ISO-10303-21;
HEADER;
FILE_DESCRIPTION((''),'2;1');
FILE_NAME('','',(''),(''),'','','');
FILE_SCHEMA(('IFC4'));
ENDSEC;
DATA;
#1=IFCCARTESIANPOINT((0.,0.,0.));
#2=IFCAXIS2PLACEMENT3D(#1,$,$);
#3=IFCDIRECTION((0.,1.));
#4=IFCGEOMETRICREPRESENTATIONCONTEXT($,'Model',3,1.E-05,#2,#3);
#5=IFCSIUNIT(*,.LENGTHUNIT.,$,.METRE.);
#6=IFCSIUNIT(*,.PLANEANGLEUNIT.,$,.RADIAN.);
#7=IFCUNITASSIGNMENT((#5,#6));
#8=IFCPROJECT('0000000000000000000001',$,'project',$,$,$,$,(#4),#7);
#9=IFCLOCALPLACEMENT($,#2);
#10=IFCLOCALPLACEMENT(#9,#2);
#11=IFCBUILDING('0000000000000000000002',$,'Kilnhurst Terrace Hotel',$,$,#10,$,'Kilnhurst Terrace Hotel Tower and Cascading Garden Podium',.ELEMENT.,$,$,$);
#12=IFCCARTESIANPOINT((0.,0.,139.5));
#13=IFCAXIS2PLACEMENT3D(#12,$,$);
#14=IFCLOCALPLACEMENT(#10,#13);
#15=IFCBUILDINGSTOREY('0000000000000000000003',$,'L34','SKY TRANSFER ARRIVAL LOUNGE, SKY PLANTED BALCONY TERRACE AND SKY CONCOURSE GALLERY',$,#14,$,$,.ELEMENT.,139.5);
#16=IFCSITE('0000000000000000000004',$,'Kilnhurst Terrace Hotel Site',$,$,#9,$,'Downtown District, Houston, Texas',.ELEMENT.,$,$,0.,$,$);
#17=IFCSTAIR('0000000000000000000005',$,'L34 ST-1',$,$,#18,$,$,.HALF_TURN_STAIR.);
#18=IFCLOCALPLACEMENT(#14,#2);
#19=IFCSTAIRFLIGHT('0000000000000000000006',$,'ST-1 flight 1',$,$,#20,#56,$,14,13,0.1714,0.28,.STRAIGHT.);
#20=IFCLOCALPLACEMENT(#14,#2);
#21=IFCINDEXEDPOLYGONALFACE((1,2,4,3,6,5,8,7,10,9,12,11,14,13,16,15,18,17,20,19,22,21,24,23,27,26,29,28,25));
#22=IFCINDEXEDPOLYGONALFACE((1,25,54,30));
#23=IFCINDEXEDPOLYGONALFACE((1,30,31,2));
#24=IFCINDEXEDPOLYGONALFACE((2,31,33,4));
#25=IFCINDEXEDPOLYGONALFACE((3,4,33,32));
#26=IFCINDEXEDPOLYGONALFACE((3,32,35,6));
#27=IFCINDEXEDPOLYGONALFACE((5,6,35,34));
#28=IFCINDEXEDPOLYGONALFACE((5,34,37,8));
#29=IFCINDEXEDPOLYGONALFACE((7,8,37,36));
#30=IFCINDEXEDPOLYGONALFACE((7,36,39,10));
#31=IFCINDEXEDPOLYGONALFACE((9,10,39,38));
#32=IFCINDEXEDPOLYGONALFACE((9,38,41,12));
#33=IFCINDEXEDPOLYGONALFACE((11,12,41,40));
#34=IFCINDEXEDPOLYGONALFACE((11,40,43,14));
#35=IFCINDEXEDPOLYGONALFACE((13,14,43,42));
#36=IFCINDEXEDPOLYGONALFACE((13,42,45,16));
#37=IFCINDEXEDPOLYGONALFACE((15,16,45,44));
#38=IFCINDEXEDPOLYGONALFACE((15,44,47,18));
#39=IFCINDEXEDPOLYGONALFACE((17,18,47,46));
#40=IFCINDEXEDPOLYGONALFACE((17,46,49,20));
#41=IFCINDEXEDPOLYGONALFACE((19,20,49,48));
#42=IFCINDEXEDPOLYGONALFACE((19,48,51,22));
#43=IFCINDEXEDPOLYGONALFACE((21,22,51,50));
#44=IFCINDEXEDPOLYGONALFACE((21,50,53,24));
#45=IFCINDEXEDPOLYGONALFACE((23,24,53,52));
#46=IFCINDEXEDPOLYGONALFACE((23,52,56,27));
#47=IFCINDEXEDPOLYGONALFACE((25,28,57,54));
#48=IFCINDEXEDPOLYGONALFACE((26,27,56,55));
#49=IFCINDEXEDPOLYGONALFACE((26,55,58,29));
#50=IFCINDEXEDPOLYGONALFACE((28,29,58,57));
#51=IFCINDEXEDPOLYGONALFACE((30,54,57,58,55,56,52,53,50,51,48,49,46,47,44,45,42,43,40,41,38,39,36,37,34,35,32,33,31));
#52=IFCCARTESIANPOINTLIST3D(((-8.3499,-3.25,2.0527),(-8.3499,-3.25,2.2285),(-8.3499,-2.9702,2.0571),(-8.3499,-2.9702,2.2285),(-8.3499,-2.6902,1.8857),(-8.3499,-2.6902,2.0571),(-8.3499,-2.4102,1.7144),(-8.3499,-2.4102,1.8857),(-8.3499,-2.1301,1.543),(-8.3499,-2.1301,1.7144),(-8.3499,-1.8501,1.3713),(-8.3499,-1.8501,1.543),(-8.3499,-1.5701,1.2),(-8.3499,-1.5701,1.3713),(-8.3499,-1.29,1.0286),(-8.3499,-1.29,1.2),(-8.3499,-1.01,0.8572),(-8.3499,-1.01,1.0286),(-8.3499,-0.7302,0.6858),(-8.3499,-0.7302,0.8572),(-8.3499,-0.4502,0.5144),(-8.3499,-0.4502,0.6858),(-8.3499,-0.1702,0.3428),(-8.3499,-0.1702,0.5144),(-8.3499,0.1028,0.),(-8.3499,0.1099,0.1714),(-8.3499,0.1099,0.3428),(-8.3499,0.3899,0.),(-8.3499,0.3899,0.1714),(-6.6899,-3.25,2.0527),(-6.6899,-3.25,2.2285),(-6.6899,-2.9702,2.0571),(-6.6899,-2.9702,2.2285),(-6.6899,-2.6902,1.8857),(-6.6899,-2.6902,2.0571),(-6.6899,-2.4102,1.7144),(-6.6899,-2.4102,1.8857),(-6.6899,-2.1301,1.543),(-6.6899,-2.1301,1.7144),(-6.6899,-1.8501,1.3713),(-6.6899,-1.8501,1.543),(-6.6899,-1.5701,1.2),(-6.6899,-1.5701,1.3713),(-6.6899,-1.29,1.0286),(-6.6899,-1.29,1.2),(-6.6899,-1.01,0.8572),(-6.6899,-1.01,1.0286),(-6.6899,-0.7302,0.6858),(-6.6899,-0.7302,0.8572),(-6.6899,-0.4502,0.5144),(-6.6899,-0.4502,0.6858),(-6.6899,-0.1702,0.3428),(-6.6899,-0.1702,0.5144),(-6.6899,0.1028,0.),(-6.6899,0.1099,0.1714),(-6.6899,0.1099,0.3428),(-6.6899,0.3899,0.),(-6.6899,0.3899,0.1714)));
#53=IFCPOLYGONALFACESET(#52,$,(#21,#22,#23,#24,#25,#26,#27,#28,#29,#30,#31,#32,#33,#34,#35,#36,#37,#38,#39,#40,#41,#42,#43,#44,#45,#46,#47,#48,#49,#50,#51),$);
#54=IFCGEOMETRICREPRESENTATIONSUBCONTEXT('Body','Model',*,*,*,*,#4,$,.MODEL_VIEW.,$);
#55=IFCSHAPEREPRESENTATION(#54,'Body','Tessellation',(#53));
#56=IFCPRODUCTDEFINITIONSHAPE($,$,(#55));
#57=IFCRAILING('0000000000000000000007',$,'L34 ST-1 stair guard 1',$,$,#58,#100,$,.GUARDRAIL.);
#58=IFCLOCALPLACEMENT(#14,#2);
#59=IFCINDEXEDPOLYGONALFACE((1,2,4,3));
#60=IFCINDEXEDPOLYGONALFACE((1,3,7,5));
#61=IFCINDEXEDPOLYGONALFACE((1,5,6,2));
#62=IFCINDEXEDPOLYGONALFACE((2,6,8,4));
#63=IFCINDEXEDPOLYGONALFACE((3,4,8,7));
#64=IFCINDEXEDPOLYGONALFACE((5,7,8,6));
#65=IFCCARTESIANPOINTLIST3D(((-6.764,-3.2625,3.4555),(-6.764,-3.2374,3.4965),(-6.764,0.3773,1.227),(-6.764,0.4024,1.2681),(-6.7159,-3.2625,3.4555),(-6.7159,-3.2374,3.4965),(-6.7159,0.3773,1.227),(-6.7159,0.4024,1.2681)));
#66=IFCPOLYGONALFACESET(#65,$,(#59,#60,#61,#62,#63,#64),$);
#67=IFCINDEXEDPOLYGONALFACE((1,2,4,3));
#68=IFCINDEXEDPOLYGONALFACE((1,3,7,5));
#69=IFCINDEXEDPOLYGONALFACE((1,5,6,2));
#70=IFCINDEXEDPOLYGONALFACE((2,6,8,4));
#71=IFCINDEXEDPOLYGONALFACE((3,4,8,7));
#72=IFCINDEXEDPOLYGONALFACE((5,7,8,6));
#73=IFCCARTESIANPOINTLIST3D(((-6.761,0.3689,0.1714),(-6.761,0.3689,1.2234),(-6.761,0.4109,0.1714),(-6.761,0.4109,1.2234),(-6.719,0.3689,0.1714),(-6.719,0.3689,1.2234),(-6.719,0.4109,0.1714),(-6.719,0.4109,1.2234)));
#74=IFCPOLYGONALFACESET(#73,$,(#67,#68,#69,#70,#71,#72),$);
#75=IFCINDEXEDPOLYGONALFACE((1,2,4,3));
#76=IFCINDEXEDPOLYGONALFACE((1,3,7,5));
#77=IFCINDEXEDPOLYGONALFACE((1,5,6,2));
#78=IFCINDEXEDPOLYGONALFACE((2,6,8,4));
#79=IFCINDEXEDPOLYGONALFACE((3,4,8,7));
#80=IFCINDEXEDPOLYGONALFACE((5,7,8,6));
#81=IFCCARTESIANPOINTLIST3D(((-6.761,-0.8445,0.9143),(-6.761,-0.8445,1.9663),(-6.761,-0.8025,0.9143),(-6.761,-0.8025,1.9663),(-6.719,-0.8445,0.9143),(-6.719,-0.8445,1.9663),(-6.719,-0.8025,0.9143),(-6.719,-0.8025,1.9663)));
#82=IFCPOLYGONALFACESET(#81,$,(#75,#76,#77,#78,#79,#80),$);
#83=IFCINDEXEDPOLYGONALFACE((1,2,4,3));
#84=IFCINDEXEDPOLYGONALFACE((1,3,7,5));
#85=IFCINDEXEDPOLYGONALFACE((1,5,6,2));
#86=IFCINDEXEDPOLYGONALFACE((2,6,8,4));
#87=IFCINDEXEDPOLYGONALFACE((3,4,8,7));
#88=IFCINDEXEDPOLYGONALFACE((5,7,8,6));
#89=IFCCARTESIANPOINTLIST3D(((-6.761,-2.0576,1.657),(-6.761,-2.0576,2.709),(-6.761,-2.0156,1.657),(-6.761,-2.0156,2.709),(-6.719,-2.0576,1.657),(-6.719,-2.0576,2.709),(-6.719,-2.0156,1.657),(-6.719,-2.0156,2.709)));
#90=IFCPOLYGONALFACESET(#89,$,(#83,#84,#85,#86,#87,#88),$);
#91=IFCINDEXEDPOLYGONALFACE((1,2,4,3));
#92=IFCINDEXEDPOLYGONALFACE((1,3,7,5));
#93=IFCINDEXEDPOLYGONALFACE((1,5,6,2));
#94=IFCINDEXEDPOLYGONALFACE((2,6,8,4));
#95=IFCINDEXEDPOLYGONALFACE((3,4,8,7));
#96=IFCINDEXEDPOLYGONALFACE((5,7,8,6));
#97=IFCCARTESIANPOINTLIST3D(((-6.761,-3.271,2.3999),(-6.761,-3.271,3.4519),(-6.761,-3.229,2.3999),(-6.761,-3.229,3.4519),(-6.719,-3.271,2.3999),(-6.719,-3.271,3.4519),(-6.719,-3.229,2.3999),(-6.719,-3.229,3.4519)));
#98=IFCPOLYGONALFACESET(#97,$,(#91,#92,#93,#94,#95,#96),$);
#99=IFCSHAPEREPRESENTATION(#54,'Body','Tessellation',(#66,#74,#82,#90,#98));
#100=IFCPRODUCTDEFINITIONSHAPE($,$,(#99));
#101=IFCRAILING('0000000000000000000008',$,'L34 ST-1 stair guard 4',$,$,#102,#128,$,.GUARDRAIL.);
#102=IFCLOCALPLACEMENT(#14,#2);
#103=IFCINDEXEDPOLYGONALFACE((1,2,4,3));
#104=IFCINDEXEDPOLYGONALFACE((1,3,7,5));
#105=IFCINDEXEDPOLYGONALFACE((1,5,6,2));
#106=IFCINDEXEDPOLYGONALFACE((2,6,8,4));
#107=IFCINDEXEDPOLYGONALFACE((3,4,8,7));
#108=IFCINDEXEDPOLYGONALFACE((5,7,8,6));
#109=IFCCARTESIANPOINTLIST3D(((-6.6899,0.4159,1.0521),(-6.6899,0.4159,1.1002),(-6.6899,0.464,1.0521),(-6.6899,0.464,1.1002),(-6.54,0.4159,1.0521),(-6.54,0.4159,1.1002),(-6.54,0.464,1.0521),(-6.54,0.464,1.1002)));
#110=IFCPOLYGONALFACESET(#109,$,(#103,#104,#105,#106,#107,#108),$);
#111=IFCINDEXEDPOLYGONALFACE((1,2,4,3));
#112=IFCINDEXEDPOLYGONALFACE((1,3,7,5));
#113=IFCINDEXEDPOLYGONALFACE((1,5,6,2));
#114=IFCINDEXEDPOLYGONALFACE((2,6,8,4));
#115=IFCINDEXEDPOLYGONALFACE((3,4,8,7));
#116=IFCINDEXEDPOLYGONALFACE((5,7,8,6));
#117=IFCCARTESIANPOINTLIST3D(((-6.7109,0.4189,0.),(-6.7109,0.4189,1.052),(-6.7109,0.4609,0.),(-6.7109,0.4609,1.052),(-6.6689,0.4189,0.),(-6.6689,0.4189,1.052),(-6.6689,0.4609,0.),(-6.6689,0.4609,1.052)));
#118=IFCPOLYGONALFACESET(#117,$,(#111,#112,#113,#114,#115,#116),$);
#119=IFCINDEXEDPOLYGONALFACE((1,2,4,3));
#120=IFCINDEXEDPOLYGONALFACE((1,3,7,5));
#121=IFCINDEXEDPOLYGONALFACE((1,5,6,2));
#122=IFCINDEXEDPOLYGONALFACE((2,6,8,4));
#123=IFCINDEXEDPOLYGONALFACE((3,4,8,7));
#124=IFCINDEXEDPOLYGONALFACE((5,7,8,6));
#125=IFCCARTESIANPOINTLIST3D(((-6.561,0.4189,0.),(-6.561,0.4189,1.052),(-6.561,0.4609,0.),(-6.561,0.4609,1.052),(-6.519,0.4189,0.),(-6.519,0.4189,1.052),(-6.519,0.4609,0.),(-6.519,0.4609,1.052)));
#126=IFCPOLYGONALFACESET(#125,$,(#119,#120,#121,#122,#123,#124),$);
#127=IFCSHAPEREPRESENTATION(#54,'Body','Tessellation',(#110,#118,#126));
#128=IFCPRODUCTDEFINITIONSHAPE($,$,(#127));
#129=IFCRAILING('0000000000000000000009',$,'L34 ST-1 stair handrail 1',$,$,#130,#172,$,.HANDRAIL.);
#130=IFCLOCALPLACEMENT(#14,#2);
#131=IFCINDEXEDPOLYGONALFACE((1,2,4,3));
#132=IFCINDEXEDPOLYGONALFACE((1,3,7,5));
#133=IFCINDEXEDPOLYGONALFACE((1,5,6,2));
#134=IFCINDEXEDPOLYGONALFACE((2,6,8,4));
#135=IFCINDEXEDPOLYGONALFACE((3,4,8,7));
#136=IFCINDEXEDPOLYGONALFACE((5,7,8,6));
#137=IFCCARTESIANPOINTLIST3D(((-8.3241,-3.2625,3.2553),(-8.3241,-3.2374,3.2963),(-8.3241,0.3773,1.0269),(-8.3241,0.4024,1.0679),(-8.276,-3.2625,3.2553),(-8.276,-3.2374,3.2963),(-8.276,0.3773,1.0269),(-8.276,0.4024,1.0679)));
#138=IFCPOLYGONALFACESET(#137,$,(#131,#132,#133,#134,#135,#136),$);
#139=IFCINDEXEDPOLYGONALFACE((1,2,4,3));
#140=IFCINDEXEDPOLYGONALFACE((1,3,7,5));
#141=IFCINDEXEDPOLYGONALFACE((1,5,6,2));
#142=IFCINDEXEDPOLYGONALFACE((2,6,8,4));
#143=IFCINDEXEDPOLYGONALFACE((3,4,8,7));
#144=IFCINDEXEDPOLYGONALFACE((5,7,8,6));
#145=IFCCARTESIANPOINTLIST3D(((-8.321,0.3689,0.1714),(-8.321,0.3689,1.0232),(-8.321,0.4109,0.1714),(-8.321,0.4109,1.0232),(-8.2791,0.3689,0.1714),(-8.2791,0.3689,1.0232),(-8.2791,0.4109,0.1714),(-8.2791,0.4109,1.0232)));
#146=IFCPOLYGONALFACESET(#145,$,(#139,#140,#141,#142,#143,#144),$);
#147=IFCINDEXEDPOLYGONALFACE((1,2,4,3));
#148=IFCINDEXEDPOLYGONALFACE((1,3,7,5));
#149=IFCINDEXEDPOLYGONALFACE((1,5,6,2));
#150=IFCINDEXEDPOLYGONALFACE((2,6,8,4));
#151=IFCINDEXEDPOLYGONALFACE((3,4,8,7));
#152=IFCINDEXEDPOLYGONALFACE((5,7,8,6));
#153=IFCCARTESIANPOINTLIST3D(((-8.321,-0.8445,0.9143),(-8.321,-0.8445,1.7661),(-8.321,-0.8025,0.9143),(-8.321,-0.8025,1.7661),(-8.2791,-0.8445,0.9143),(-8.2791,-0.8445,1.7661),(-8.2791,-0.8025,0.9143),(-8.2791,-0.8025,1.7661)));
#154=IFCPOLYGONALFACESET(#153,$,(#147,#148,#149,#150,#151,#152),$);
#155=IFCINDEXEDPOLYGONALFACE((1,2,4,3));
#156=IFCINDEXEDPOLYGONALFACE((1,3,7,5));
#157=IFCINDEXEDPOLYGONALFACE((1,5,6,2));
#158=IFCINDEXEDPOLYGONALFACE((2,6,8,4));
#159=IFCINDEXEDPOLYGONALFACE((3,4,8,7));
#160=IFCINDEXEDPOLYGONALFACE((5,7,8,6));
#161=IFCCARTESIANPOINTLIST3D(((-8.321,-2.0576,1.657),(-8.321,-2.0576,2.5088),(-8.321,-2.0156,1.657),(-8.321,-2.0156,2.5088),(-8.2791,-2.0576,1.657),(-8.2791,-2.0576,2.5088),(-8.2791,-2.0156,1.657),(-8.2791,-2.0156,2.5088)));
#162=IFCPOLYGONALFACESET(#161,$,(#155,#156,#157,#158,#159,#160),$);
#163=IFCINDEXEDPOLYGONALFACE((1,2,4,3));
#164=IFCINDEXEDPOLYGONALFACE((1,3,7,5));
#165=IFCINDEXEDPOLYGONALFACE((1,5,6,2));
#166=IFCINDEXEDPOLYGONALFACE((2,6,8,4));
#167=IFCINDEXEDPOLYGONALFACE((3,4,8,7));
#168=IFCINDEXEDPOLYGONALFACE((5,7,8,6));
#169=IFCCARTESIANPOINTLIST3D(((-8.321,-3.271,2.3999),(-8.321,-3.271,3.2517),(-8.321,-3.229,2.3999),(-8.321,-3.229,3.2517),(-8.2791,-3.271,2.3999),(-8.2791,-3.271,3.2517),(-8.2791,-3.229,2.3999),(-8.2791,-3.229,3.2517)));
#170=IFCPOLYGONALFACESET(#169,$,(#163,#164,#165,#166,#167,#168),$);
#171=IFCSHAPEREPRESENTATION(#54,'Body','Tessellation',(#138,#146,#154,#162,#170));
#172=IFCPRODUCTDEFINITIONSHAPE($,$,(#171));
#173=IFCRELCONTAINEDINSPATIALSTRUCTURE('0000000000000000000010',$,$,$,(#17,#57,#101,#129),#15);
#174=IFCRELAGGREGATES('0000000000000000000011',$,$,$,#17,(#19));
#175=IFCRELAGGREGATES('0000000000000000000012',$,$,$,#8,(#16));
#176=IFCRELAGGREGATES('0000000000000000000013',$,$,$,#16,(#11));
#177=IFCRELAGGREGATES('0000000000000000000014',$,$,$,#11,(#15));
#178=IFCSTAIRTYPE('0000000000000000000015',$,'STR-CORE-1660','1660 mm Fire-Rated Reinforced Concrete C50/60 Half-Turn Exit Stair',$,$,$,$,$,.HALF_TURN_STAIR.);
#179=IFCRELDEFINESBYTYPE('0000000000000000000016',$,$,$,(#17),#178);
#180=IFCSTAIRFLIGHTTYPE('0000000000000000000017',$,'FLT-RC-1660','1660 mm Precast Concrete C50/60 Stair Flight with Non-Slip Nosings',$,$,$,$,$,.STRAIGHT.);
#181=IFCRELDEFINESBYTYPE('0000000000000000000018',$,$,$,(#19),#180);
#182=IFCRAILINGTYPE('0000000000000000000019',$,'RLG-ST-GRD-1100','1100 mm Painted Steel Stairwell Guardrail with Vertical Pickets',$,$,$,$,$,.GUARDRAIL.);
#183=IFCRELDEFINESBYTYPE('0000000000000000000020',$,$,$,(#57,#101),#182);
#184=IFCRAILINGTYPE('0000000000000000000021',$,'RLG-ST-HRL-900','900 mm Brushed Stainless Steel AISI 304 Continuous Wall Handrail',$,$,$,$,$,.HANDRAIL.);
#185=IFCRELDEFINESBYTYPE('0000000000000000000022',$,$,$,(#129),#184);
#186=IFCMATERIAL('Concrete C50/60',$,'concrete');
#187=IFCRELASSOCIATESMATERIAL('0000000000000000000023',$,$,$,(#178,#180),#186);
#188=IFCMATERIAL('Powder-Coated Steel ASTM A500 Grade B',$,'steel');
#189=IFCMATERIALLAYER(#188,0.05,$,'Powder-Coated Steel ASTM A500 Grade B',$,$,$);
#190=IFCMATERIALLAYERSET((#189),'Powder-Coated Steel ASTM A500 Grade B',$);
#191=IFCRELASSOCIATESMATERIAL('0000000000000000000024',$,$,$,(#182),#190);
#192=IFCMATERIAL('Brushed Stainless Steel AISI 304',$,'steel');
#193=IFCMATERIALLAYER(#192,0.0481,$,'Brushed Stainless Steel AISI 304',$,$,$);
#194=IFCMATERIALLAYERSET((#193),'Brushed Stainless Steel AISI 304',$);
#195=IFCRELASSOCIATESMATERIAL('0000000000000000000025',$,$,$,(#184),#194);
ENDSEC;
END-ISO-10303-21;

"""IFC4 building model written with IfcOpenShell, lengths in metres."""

from ifc_helpers import new_model, si_unit, direction, frame, origin, origin_2d, place, context, subcontext, project, spatial, polyline, rectangle, outline, extrude, material, layer, layer_set, type_object, element, aggregate, save


model = new_model("IFC4")

# Units and contexts
model_context = context("Model", 3, precision=1e-05, world=origin(), true_north=direction((0.0, 1.0)))
body_context = subcontext(model_context, "Body", "Model", "MODEL_VIEW")
ifc_project = project(units=[si_unit("LENGTHUNIT", "METRE"), si_unit("PLANEANGLEUNIT", "RADIAN")], contexts=[model_context])

# Site, building, storey
site_placement = place(None, origin())
site = spatial("IfcSite", under=ifc_project, at=site_placement, Name="Kilnhurst Terrace Hotel Site", LongName="Downtown District, Houston, Texas", CompositionType="ELEMENT", RefElevation=0.0)
building_placement = place(site_placement, origin())
building = spatial("IfcBuilding", under=site, at=building_placement, Name="Kilnhurst Terrace Hotel", LongName="Kilnhurst Terrace Hotel Tower and Cascading Garden Podium", CompositionType="ELEMENT")
storey_placement = place(building_placement, frame((0.0, 0.0, 139.5)))
storey = spatial("IfcBuildingStorey", under=building, at=storey_placement, Name="L34", Description="SKY TRANSFER ARRIVAL LOUNGE, SKY PLANTED BALCONY TERRACE AND SKY CONCOURSE GALLERY", CompositionType="ELEMENT", Elevation=139.5)

# Shared definitions
ifc_material_1 = material(Name="Concrete C50/60", Category="concrete")

# Stair, stair flight
stair_type = type_object("IfcStairType", Name="STR-CORE-1660", Description="1660 mm Fire-Rated Reinforced Concrete C50/60 Half-Turn Exit Stair", PredefinedType="HALF_TURN_STAIR", material=ifc_material_1)
stair_placement = place(storey_placement, origin())
stair = element("IfcStair", 1, at=stair_placement, inside=storey, type_object=stair_type, Name="L34 ST-1", PredefinedType="HALF_TURN_STAIR")
stair_flight_type = type_object("IfcStairFlightType", Name="FLT-RC-1660", Description="1660 mm Precast Concrete C50/60 Stair Flight with Non-Slip Nosings", PredefinedType="STRAIGHT", material=ifc_material_1)
stair_flight_placement = place(storey_placement, frame((-7.52, 0.3899, 0.0), z_axis=(0.0, 0.0, 1.0), x_axis=(0.0, -1.0, 0.0)))
stair_flight = element("IfcStairFlight", 2, at=stair_flight_placement, type_object=stair_flight_type, Name="ST-1 flight 1", NumberOfRisers=14, NumberOfTreads=13, PredefinedType="STRAIGHT", RiserHeight=0.1714, TreadLength=0.28, context=body_context, shape_type="SweptSolid", body=[
    extrude(outline(polyline([(0.0, 0.0), (0.0, 0.1714), (0.28, 0.1714), (0.28, 0.3428), (0.5601, 0.3428), (0.5601, 0.5144), (0.8401, 0.5144), (0.8401, 0.6858), (1.1201, 0.6858), (1.1201, 0.8572), (1.3999, 0.8572), (1.3999, 1.0286), (1.6799, 1.0286), (1.6799, 1.2), (1.96, 1.2), (1.96, 1.3713), (2.24, 1.3713), (2.24, 1.543), (2.52, 1.543), (2.52, 1.7144), (2.8, 1.7144), (2.8, 1.8857), (3.0801, 1.8857), (3.0801, 2.0571), (3.3601, 2.0571), (3.3601, 2.2285), (3.6399, 2.2285), (3.6399, 2.3999), (3.6399, 2.0527), (0.2871, 0.0), (0.0, 0.0)])), frame((0.0, 0.8301, 0.0), z_axis=(0.0, -1.0, 0.0), x_axis=(1.0, 0.0, 0.0)), (0.0, 0.0, 1.0), 1.6599),
])
aggregate(stair, [stair_flight])

# Railings
ifc_material_2 = material(Name="Powder-Coated Steel ASTM A500 Grade B", Category="steel")
ifc_layer_1 = layer(ifc_material_2, 0.05, Name="Powder-Coated Steel ASTM A500 Grade B")
ifc_layer_set_1 = layer_set([ifc_layer_1], Name="Powder-Coated Steel ASTM A500 Grade B")
railing_type_1 = type_object("IfcRailingType", Name="RLG-ST-GRD-1100", Description="1100 mm Painted Steel Stairwell Guardrail with Vertical Pickets", PredefinedType="GUARDRAIL", material=ifc_layer_set_1)
railing_1_placement = place(storey_placement, frame((-6.74, 0.3899, 0.1714)))
element("IfcRailing", 3, at=railing_1_placement, inside=storey, type_object=railing_type_1, Name="L34 ST-1 stair guard 1", PredefinedType="GUARDRAIL", context=body_context, shape_type="SweptSolid", body=[
    extrude(rectangle(XDim=0.0481, YDim=0.0481, at=origin_2d()), frame((0.0, 0.0, 1.0762), z_axis=(0.0, -0.85285, 0.522156), x_axis=(1.0, 0.0, 0.0)), (0.0, 0.0, 1.0), 4.2678),
    extrude(rectangle(XDim=0.042, YDim=0.042, at=origin_2d()), origin(), (0.0, 0.0, 1.0), 1.052),
    extrude(rectangle(XDim=0.042, YDim=0.042, at=origin_2d()), frame((0.0, -1.2134, 0.7429)), (0.0, 0.0, 1.0), 1.052),
    extrude(rectangle(XDim=0.042, YDim=0.042, at=origin_2d()), frame((0.0, -2.4265, 1.4856)), (0.0, 0.0, 1.0), 1.052),
    extrude(rectangle(XDim=0.042, YDim=0.042, at=origin_2d()), frame((0.0, -3.6399, 2.2285)), (0.0, 0.0, 1.0), 1.052),
])
railing_2_placement = place(storey_placement, frame((-6.6899, 0.4399, 0.0)))
element("IfcRailing", 4, at=railing_2_placement, inside=storey, type_object=railing_type_1, Name="L34 ST-1 stair guard 4", PredefinedType="GUARDRAIL", context=body_context, shape_type="SweptSolid", body=[
    extrude(rectangle(XDim=0.0481, YDim=0.0481, at=origin_2d()), frame((0.0, 0.0, 1.0762), z_axis=(1.0, 0.0, 0.0), x_axis=(0.0, 1.0, 0.0)), (0.0, 0.0, 1.0), 0.1499),
    extrude(rectangle(XDim=0.042, YDim=0.042, at=origin_2d()), origin(), (0.0, 0.0, 1.0), 1.052),
    extrude(rectangle(XDim=0.042, YDim=0.042, at=origin_2d()), frame((0.1499, 0.0, 0.0)), (0.0, 0.0, 1.0), 1.052),
])
ifc_material_3 = material(Name="Brushed Stainless Steel AISI 304", Category="steel")
ifc_layer_2 = layer(ifc_material_3, 0.0481, Name="Brushed Stainless Steel AISI 304")
ifc_layer_set_2 = layer_set([ifc_layer_2], Name="Brushed Stainless Steel AISI 304")
railing_type_2 = type_object("IfcRailingType", Name="RLG-ST-HRL-900", Description="900 mm Brushed Stainless Steel AISI 304 Continuous Wall Handrail", PredefinedType="HANDRAIL", material=ifc_layer_set_2)
railing_3_placement = place(storey_placement, frame((-8.3, 0.3899, 0.1714)))
element("IfcRailing", 5, at=railing_3_placement, inside=storey, type_object=railing_type_2, Name="L34 ST-1 stair handrail 1", PredefinedType="HANDRAIL", context=body_context, shape_type="SweptSolid", body=[
    extrude(rectangle(XDim=0.0481, YDim=0.0481, at=origin_2d()), frame((0.0, 0.0, 0.876), z_axis=(0.0, -0.85285, 0.522156), x_axis=(1.0, 0.0, 0.0)), (0.0, 0.0, 1.0), 4.2678),
    extrude(rectangle(XDim=0.042, YDim=0.042, at=origin_2d()), origin(), (0.0, 0.0, 1.0), 0.8518),
    extrude(rectangle(XDim=0.042, YDim=0.042, at=origin_2d()), frame((0.0, -1.2134, 0.7429)), (0.0, 0.0, 1.0), 0.8518),
    extrude(rectangle(XDim=0.042, YDim=0.042, at=origin_2d()), frame((0.0, -2.4265, 1.4856)), (0.0, 0.0, 1.0), 0.8518),
    extrude(rectangle(XDim=0.042, YDim=0.042, at=origin_2d()), frame((0.0, -3.6399, 2.2285)), (0.0, 0.0, 1.0), 0.8518),
])

save(model, "model.ifc")
